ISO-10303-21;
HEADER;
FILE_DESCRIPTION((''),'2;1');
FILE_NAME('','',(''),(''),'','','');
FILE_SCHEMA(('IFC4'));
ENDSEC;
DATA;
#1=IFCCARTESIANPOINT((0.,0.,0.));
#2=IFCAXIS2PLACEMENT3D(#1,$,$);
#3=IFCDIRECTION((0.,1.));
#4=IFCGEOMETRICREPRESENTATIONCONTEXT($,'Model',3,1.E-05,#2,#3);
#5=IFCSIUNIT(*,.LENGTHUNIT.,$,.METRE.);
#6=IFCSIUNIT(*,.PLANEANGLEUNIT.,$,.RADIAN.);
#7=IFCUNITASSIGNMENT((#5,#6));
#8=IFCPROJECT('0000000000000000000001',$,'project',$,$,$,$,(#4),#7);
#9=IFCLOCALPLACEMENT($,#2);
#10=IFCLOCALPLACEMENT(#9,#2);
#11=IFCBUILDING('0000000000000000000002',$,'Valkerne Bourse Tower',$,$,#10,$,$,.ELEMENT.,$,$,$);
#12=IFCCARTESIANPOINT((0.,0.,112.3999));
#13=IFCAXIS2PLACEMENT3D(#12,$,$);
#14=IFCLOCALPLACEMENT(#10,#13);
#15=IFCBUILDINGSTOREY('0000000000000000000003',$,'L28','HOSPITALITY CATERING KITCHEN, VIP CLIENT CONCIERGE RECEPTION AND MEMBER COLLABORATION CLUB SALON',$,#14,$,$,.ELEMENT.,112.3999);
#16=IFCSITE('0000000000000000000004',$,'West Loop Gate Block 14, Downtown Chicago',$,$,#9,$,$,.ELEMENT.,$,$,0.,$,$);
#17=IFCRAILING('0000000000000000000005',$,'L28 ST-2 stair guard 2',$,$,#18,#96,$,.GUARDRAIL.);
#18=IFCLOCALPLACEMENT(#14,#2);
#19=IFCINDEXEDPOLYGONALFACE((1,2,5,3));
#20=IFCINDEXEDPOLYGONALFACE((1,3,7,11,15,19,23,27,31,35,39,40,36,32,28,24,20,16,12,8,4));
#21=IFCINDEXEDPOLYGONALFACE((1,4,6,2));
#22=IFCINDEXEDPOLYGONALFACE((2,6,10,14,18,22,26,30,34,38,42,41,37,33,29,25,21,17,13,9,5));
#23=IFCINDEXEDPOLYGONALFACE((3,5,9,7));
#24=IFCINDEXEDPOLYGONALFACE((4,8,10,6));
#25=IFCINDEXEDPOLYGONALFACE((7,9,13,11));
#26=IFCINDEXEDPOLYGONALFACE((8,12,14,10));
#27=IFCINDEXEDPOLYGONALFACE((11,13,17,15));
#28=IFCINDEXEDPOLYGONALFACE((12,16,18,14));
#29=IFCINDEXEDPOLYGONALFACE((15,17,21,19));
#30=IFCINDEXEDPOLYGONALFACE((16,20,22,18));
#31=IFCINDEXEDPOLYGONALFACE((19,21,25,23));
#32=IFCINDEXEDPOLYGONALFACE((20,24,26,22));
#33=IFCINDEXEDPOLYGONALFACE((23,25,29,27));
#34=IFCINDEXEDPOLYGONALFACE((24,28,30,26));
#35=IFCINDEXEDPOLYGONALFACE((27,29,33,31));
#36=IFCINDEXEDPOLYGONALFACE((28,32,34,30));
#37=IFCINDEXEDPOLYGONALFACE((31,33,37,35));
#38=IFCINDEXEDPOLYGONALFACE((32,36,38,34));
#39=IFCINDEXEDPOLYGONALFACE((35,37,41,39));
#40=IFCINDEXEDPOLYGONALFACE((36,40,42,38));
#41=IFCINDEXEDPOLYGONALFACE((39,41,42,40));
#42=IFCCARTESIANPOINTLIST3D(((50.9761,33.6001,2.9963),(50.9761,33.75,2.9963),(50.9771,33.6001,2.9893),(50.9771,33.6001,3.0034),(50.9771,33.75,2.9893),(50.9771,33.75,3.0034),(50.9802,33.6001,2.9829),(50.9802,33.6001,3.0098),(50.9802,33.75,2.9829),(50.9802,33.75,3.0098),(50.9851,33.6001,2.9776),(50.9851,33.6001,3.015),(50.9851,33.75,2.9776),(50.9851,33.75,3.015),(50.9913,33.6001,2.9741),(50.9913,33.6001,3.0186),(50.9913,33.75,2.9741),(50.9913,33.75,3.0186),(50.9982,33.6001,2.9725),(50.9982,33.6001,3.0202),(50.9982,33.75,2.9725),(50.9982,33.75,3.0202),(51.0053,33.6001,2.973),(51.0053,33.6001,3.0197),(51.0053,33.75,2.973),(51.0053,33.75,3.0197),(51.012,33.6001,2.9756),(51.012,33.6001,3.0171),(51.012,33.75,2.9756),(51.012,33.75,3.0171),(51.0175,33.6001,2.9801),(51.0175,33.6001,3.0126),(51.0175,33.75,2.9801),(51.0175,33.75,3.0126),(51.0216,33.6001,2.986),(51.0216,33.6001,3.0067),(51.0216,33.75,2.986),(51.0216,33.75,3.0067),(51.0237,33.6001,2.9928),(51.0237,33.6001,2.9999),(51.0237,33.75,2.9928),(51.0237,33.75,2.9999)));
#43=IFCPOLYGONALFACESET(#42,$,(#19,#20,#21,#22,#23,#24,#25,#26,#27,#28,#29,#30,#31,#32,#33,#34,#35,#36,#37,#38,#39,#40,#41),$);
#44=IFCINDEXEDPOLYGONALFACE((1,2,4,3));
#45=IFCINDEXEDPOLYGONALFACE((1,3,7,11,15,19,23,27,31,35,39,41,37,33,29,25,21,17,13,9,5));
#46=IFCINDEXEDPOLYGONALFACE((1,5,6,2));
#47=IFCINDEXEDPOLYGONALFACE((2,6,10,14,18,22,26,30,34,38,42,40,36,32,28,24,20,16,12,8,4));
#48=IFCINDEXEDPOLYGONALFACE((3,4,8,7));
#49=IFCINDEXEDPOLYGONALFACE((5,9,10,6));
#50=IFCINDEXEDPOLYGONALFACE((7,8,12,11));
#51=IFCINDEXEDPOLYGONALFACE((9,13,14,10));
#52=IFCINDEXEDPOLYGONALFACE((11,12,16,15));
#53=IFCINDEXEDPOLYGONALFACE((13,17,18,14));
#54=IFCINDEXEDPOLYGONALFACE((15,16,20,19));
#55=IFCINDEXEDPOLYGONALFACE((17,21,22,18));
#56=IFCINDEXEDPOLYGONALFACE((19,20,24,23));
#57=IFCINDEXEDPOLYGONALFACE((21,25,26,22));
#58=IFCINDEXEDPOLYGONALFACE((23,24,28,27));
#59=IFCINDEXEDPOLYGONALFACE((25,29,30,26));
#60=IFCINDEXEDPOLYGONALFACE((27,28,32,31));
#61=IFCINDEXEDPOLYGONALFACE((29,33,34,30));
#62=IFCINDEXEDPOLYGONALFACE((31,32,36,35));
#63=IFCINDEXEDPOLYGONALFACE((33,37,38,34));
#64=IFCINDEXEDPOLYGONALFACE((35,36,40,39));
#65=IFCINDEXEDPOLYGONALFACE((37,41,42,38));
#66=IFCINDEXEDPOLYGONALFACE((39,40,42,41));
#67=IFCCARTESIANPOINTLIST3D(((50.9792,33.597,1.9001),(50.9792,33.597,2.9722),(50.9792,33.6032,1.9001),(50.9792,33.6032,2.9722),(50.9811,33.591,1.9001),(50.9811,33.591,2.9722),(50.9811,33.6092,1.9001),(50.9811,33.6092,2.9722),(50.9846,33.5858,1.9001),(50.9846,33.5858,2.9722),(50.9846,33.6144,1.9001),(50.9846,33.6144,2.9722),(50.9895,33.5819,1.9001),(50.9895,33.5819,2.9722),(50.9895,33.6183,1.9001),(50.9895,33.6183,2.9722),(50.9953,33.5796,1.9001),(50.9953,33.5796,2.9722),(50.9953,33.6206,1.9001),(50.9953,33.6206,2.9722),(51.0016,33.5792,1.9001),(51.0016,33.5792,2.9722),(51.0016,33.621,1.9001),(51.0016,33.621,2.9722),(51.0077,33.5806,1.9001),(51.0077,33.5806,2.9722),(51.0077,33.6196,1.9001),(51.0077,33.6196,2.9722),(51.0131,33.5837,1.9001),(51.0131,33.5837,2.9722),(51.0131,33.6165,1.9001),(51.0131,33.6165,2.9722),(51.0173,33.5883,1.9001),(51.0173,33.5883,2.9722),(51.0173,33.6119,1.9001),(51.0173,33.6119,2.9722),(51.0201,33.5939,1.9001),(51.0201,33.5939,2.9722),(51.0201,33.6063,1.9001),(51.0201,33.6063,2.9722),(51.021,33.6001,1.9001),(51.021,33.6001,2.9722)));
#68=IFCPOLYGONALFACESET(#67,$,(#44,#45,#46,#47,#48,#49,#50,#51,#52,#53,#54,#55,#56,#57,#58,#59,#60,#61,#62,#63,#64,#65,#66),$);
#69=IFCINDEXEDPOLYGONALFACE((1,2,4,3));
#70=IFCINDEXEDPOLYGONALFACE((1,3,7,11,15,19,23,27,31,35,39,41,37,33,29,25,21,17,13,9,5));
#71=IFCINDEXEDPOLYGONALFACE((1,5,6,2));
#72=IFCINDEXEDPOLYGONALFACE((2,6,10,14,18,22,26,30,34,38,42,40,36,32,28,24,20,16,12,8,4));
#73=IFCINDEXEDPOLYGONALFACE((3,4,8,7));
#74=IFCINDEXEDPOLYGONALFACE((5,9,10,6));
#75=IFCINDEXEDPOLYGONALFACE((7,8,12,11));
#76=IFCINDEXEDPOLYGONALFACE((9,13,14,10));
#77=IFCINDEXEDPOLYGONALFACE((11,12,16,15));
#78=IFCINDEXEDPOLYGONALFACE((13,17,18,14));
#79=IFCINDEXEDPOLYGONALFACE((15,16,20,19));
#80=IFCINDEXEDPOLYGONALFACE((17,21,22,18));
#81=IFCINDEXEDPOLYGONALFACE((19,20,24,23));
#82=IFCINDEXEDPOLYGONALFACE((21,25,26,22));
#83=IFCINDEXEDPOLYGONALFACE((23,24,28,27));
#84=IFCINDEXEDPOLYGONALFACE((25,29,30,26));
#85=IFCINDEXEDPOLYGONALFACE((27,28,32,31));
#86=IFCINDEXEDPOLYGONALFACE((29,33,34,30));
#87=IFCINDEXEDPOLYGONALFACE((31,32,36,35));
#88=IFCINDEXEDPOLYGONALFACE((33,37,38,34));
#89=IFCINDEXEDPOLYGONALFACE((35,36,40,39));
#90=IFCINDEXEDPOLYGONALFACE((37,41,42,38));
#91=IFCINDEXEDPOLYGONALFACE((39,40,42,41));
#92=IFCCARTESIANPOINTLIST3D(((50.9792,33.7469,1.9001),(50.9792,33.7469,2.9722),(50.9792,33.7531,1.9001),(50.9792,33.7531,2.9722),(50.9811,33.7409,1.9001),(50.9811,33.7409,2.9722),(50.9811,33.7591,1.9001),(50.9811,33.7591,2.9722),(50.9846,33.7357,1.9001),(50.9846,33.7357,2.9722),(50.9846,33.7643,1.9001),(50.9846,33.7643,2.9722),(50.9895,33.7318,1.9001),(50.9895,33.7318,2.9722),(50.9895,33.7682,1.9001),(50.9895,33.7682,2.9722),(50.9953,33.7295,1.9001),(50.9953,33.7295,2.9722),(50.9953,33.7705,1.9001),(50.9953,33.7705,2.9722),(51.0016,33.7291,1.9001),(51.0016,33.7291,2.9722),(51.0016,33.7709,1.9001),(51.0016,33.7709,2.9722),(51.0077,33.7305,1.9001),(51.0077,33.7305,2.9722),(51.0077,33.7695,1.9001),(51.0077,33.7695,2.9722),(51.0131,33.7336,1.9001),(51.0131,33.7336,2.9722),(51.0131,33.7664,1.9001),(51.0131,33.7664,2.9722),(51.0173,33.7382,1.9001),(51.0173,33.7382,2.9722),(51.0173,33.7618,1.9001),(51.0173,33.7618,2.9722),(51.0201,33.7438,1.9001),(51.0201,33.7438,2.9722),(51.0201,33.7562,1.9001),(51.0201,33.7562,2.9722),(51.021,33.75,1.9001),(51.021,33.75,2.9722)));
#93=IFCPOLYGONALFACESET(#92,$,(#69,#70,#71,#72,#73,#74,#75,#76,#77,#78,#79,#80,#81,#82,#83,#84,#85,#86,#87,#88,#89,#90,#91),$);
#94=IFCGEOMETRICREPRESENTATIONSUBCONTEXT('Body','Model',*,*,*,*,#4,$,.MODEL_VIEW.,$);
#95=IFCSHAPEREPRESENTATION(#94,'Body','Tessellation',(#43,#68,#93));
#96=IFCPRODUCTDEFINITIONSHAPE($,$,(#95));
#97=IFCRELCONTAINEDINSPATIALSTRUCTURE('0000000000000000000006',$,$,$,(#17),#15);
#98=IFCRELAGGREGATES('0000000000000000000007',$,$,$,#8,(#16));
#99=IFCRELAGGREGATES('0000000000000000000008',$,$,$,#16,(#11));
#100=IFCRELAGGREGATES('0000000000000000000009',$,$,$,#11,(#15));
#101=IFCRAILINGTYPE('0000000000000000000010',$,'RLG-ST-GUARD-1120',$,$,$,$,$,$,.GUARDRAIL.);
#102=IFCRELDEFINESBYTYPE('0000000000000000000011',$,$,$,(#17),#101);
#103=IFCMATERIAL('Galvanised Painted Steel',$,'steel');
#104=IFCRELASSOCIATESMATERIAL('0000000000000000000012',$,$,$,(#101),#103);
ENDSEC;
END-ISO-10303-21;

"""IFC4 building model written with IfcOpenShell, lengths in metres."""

from ifc_helpers import new_model, si_unit, direction, frame, origin, origin_2d, place, context, subcontext, project, spatial, circle, extrude, material, type_object, element, save


model = new_model("IFC4")

# Units and contexts
model_context = context("Model", 3, precision=1e-05, world=origin(), true_north=direction((0.0, 1.0)))
body_context = subcontext(model_context, "Body", "Model", "MODEL_VIEW")
ifc_project = project(units=[si_unit("LENGTHUNIT", "METRE"), si_unit("PLANEANGLEUNIT", "RADIAN")], contexts=[model_context])

# Site, building, storey
site_placement = place(None, origin())
site = spatial("IfcSite", under=ifc_project, at=site_placement, Name="West Loop Gate Block 14, Downtown Chicago", CompositionType="ELEMENT", RefElevation=0.0)
building_placement = place(site_placement, origin())
building = spatial("IfcBuilding", under=site, at=building_placement, Name="Valkerne Bourse Tower", CompositionType="ELEMENT")
storey_placement = place(building_placement, frame((0.0, 0.0, 112.3999)))
storey = spatial("IfcBuildingStorey", under=building, at=storey_placement, Name="L28", Description="HOSPITALITY CATERING KITCHEN, VIP CLIENT CONCIERGE RECEPTION AND MEMBER COLLABORATION CLUB SALON", CompositionType="ELEMENT", Elevation=112.3999)

# Railing
ifc_material_1 = material(Name="Galvanised Painted Steel", Category="steel")
railing_type_1 = type_object("IfcRailingType", Name="RLG-ST-GUARD-1120", PredefinedType="GUARDRAIL", material=ifc_material_1)
railing_1_placement = place(storey_placement, frame((51.0, 33.6001, 1.9001)))
element("IfcRailing", 1, at=railing_1_placement, inside=storey, type_object=railing_type_1, Name="L28 ST-2 stair guard 2", PredefinedType="GUARDRAIL", context=body_context, shape_type="SweptSolid", body=[
    extrude(circle(Radius=0.0239, at=origin_2d()), frame((0.0, 0.0, 1.0962), z_axis=(0.0, 1.0, 0.0), x_axis=(-1.0, 0.0, 0.0)), (0.0, 0.0, 1.0), 0.1499),
    extrude(circle(Radius=0.021, at=origin_2d()), origin(), (0.0, 0.0, 1.0), 1.072),
    extrude(circle(Radius=0.021, at=origin_2d()), frame((0.0, 0.1499, 0.0)), (0.0, 0.0, 1.0), 1.072),
])

save(model, "model.ifc")
